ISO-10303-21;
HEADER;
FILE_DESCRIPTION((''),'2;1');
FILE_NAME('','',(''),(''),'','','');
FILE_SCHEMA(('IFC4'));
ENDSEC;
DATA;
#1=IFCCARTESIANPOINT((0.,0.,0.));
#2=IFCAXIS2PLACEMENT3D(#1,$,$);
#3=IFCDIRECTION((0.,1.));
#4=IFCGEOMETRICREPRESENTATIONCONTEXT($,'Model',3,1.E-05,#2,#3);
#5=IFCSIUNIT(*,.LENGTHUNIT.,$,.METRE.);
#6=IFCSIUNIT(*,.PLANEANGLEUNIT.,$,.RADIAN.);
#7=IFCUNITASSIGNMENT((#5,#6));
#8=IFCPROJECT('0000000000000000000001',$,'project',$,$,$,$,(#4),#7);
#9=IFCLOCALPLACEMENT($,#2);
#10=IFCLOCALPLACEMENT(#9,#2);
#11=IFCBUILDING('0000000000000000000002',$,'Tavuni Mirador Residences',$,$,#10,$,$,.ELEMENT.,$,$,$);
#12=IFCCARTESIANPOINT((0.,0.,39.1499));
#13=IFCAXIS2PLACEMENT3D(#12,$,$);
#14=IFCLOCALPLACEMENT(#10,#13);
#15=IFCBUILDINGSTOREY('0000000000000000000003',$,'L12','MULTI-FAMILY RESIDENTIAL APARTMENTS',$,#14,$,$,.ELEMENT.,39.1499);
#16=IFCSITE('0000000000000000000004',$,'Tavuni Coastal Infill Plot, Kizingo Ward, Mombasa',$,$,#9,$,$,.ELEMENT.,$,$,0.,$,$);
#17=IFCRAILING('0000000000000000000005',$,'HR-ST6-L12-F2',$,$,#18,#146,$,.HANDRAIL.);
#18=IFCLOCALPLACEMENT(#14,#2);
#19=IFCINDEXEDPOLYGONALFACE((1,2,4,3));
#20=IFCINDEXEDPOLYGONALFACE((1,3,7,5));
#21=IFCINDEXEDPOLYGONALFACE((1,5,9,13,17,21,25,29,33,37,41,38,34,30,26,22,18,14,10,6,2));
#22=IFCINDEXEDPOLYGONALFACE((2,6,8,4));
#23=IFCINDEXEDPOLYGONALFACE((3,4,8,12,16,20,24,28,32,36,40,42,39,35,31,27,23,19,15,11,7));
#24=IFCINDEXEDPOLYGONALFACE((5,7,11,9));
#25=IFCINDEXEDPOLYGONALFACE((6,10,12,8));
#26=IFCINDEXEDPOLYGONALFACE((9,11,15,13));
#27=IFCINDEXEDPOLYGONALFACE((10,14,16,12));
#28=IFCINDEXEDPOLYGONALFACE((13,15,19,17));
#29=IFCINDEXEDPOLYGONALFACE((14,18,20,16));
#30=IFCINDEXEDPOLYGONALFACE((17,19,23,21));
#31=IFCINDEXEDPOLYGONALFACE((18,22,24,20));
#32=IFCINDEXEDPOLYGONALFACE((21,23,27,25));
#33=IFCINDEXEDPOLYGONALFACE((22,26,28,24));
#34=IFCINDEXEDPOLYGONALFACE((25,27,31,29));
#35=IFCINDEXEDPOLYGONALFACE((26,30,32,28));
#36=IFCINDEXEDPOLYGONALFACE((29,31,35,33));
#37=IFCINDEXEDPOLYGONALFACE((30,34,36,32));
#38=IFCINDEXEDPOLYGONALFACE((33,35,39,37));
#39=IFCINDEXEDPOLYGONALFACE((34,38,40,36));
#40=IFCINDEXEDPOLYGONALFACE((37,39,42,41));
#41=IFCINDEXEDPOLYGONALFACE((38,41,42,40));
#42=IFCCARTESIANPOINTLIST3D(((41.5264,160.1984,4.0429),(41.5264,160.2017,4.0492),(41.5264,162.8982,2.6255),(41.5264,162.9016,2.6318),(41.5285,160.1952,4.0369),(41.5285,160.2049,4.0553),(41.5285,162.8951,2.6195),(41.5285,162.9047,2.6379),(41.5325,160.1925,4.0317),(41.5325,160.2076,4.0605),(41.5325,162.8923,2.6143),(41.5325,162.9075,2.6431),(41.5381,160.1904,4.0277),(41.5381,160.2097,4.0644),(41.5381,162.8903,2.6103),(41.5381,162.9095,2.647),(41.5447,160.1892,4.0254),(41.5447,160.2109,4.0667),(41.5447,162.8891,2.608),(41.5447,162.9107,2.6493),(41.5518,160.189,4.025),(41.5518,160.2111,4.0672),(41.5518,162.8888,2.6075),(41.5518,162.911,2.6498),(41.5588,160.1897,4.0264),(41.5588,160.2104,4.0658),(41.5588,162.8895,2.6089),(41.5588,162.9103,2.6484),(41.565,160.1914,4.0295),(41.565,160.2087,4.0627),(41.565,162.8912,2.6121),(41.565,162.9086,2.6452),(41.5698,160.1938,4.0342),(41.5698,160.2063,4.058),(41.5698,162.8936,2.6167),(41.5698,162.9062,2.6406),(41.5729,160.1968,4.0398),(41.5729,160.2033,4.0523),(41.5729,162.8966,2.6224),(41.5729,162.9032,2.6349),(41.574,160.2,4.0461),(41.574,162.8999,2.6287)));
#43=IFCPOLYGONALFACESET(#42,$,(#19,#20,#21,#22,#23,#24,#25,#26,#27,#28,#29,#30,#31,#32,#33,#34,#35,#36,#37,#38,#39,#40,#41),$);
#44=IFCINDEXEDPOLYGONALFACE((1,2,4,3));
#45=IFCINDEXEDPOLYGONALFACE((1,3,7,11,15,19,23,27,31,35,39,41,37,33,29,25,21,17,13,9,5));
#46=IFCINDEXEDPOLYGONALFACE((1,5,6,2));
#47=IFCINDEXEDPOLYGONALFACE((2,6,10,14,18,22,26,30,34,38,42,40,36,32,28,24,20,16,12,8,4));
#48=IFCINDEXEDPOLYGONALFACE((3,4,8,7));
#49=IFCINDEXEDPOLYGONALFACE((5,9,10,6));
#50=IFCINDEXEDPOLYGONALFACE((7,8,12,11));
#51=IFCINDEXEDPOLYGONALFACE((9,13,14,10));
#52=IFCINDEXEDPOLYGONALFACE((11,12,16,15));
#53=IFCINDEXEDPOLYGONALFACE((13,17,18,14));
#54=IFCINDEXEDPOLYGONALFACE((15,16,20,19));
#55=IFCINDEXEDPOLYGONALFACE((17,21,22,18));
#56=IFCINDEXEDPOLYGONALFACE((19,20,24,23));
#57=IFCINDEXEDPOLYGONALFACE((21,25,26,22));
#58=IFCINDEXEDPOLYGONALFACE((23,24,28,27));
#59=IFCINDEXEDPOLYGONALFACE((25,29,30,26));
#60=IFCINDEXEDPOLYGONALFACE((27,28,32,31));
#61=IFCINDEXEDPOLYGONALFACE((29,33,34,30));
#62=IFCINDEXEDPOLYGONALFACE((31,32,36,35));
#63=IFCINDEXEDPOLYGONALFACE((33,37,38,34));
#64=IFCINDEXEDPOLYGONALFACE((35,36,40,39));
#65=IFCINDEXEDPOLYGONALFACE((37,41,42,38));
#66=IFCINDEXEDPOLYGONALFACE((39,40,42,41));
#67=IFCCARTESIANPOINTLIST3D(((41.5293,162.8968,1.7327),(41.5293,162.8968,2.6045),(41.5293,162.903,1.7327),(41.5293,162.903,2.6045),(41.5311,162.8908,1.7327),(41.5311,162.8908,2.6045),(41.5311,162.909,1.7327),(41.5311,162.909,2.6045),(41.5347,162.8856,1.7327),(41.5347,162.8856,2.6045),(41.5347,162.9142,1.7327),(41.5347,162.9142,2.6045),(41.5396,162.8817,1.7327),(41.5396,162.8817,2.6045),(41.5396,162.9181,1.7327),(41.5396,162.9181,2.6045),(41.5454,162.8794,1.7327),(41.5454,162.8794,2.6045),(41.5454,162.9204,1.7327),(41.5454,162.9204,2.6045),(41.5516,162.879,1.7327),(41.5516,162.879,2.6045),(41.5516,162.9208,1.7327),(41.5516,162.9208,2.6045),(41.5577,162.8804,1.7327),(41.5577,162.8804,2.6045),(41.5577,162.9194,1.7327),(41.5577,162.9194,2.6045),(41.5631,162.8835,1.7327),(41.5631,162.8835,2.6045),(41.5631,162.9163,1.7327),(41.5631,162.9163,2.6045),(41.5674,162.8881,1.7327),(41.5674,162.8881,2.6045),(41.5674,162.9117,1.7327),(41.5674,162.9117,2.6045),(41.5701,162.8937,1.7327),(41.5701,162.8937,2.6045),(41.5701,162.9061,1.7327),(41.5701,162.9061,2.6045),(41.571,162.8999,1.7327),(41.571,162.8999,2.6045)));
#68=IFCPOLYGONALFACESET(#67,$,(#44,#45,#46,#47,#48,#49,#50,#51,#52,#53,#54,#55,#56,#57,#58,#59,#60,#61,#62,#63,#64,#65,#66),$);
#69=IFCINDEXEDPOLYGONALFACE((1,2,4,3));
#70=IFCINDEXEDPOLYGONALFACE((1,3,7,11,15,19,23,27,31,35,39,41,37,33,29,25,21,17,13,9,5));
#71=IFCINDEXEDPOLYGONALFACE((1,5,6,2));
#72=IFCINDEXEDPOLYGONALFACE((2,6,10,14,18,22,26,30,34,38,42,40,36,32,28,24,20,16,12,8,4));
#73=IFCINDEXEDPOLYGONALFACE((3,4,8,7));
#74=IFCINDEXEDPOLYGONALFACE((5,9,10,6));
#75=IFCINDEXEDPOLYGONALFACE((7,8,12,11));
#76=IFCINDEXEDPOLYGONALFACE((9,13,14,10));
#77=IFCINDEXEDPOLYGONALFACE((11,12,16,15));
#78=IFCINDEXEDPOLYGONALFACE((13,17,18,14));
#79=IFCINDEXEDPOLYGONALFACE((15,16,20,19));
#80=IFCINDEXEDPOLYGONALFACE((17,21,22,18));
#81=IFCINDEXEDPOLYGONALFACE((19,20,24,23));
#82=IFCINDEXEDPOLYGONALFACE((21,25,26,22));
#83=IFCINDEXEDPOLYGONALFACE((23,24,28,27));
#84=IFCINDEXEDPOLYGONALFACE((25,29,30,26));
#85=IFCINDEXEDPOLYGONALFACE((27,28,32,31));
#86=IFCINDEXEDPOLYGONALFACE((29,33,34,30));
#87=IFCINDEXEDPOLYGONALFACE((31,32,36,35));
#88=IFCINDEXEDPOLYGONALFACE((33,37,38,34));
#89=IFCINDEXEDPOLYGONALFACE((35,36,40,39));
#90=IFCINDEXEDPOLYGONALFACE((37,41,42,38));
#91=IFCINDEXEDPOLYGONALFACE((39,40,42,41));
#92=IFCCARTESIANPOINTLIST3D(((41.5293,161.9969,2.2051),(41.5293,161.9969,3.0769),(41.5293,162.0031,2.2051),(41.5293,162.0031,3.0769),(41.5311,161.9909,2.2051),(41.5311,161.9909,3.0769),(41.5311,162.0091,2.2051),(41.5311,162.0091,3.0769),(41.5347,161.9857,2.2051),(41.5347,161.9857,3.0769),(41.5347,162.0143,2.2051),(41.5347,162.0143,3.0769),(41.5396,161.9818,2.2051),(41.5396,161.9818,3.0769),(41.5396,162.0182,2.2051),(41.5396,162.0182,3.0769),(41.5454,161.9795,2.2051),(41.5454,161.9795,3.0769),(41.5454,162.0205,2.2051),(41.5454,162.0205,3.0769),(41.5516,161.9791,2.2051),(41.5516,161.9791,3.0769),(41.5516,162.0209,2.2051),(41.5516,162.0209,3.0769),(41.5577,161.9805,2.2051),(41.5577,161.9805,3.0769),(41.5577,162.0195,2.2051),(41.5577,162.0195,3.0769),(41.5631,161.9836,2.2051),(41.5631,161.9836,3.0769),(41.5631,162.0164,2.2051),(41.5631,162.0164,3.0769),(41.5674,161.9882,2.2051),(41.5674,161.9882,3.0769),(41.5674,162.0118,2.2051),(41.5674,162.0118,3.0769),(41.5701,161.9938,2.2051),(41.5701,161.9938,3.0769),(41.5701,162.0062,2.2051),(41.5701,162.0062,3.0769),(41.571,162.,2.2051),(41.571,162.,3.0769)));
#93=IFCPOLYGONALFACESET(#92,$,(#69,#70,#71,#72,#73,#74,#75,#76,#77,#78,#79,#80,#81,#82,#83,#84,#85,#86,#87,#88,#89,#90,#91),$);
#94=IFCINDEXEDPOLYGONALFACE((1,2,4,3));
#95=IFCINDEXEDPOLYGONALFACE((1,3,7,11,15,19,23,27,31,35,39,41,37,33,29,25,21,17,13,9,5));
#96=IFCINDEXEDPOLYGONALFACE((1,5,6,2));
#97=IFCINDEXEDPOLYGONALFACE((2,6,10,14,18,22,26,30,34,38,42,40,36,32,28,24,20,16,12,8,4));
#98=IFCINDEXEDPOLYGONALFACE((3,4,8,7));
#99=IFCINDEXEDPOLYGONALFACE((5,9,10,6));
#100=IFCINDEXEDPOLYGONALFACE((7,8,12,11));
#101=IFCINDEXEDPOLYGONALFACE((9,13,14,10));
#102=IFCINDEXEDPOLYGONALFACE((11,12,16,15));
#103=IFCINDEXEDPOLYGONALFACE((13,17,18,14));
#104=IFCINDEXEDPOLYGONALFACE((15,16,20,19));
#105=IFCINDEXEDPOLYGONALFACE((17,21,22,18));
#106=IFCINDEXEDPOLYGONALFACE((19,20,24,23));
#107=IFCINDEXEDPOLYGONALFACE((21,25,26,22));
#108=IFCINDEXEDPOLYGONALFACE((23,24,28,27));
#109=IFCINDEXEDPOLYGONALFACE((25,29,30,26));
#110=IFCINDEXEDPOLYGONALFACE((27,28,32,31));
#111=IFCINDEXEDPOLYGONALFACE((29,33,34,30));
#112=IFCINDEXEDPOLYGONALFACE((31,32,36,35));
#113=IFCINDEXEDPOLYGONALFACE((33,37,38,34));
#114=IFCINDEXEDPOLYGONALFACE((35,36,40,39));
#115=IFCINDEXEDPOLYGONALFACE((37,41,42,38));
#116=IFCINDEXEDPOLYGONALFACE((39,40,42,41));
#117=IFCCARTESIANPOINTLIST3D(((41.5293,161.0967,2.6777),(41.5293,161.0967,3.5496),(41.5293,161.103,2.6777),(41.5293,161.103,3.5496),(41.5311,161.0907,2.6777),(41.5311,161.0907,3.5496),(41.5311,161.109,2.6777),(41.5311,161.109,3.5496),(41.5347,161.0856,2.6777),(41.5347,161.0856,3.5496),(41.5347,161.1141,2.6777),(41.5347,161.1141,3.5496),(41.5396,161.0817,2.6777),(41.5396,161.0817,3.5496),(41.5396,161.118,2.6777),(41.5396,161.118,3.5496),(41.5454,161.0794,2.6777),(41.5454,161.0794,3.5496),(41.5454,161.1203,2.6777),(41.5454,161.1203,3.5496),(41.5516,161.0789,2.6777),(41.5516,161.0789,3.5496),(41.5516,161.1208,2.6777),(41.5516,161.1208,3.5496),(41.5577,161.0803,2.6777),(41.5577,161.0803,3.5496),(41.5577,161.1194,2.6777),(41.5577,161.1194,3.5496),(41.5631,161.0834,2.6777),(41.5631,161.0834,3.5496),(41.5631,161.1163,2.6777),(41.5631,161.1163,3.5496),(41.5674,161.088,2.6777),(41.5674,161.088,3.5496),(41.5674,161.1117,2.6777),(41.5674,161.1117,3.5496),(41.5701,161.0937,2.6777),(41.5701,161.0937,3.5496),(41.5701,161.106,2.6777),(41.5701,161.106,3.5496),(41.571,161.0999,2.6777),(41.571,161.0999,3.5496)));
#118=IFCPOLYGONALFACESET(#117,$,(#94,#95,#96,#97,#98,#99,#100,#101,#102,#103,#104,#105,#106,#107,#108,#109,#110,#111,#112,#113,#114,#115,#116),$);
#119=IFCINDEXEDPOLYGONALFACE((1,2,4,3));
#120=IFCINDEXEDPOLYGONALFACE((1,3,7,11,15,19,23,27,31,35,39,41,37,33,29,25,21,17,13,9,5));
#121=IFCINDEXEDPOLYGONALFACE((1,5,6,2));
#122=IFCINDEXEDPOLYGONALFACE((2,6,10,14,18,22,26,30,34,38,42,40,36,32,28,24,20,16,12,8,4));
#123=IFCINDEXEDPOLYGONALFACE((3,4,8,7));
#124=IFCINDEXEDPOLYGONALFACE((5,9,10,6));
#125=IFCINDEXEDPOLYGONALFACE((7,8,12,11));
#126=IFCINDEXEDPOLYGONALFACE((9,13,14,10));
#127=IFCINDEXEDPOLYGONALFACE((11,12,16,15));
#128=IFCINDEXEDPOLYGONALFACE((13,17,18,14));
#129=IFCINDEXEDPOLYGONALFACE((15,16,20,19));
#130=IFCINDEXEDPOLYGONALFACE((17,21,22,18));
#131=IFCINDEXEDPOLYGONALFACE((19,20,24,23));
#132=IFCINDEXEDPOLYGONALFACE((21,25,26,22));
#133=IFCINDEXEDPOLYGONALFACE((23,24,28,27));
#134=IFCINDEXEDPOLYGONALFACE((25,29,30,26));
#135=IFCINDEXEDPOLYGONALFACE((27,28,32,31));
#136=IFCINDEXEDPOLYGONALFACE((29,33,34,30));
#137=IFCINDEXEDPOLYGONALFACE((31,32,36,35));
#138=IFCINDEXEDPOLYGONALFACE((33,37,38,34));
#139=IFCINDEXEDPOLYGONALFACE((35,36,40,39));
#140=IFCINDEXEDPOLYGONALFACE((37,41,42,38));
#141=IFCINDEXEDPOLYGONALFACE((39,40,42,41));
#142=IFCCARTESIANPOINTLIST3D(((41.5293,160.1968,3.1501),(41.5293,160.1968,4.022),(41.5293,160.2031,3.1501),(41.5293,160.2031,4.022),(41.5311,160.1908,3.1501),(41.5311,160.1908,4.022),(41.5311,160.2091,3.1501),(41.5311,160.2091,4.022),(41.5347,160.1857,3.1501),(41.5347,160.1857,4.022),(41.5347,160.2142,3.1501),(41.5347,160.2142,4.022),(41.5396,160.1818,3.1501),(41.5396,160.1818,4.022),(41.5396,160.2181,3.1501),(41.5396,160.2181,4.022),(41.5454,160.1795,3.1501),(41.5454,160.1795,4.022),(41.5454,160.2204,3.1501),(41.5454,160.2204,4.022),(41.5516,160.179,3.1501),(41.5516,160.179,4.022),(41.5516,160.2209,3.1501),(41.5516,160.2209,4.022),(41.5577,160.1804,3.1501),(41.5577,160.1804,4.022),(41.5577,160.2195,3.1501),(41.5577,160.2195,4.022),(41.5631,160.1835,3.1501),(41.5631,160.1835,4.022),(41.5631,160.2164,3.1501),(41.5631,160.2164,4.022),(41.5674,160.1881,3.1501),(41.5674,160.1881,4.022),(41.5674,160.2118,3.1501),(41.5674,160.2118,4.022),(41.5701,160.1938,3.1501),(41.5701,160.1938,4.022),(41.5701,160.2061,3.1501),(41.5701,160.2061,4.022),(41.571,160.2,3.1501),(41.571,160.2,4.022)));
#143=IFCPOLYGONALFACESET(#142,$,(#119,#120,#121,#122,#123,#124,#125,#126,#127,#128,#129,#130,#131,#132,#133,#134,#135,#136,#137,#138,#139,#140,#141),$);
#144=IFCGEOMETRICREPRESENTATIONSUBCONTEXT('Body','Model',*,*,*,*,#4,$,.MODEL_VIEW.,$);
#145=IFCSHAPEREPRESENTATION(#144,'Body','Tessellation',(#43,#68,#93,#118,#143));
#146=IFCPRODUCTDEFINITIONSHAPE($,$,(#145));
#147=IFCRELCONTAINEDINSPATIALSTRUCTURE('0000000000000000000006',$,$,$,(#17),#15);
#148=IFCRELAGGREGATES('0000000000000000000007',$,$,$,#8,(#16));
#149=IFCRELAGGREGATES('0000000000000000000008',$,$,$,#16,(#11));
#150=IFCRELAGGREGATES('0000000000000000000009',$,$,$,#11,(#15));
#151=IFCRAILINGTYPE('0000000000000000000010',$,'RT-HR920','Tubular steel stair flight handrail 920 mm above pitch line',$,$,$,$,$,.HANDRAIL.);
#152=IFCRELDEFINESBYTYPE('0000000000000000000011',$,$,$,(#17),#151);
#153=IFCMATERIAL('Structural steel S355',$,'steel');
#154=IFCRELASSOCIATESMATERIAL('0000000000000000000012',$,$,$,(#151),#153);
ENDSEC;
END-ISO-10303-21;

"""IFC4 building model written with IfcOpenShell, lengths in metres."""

from ifc_helpers import new_model, si_unit, direction, frame, origin, origin_2d, place, context, subcontext, project, spatial, circle, extrude, material, type_object, element, save


model = new_model("IFC4")

# Units and contexts
model_context = context("Model", 3, precision=1e-05, world=origin(), true_north=direction((0.0, 1.0)))
body_context = subcontext(model_context, "Body", "Model", "MODEL_VIEW")
ifc_project = project(units=[si_unit("LENGTHUNIT", "METRE"), si_unit("PLANEANGLEUNIT", "RADIAN")], contexts=[model_context])

# Site, building, storey
site_placement = place(None, origin())
site = spatial("IfcSite", under=ifc_project, at=site_placement, Name="Tavuni Coastal Infill Plot, Kizingo Ward, Mombasa", CompositionType="ELEMENT", RefElevation=0.0)
building_placement = place(site_placement, origin())
building = spatial("IfcBuilding", under=site, at=building_placement, Name="Tavuni Mirador Residences", CompositionType="ELEMENT")
storey_placement = place(building_placement, frame((0.0, 0.0, 39.1499)))
storey = spatial("IfcBuildingStorey", under=building, at=storey_placement, Name="L12", Description="MULTI-FAMILY RESIDENTIAL APARTMENTS", CompositionType="ELEMENT", Elevation=39.1499)

# Railing
ifc_material_1 = material(Name="Structural steel S355", Category="steel")
railing_type_1 = type_object("IfcRailingType", Name="RT-HR920", Description="Tubular steel stair flight handrail 920 mm above pitch line", PredefinedType="HANDRAIL", material=ifc_material_1)
railing_1_placement = place(storey_placement, frame((41.55, 162.8999, 1.7327)))
element("IfcRailing", 1, at=railing_1_placement, inside=storey, type_object=railing_type_1, Name="HR-ST6-L12-F2", PredefinedType="HANDRAIL", context=body_context, shape_type="SweptSolid", body=[
    extrude(circle(Radius=0.0239, at=origin_2d()), frame((0.0, 0.0, 0.896), z_axis=(0.0, -0.885397, 0.464835), x_axis=(1.0, 0.0, 0.0)), (0.0, 0.0, 1.0), 3.0493),
    extrude(circle(Radius=0.021, at=origin_2d()), origin(), (0.0, 0.0, 1.0), 0.8718),
    extrude(circle(Radius=0.021, at=origin_2d()), frame((0.0, -0.8999, 0.4724)), (0.0, 0.0, 1.0), 0.8718),
    extrude(circle(Radius=0.021, at=origin_2d()), frame((0.0, -1.8, 0.9451)), (0.0, 0.0, 1.0), 0.8718),
    extrude(circle(Radius=0.021, at=origin_2d()), frame((0.0, -2.7, 1.4175)), (0.0, 0.0, 1.0), 0.8718),
])

save(model, "model.ifc")
